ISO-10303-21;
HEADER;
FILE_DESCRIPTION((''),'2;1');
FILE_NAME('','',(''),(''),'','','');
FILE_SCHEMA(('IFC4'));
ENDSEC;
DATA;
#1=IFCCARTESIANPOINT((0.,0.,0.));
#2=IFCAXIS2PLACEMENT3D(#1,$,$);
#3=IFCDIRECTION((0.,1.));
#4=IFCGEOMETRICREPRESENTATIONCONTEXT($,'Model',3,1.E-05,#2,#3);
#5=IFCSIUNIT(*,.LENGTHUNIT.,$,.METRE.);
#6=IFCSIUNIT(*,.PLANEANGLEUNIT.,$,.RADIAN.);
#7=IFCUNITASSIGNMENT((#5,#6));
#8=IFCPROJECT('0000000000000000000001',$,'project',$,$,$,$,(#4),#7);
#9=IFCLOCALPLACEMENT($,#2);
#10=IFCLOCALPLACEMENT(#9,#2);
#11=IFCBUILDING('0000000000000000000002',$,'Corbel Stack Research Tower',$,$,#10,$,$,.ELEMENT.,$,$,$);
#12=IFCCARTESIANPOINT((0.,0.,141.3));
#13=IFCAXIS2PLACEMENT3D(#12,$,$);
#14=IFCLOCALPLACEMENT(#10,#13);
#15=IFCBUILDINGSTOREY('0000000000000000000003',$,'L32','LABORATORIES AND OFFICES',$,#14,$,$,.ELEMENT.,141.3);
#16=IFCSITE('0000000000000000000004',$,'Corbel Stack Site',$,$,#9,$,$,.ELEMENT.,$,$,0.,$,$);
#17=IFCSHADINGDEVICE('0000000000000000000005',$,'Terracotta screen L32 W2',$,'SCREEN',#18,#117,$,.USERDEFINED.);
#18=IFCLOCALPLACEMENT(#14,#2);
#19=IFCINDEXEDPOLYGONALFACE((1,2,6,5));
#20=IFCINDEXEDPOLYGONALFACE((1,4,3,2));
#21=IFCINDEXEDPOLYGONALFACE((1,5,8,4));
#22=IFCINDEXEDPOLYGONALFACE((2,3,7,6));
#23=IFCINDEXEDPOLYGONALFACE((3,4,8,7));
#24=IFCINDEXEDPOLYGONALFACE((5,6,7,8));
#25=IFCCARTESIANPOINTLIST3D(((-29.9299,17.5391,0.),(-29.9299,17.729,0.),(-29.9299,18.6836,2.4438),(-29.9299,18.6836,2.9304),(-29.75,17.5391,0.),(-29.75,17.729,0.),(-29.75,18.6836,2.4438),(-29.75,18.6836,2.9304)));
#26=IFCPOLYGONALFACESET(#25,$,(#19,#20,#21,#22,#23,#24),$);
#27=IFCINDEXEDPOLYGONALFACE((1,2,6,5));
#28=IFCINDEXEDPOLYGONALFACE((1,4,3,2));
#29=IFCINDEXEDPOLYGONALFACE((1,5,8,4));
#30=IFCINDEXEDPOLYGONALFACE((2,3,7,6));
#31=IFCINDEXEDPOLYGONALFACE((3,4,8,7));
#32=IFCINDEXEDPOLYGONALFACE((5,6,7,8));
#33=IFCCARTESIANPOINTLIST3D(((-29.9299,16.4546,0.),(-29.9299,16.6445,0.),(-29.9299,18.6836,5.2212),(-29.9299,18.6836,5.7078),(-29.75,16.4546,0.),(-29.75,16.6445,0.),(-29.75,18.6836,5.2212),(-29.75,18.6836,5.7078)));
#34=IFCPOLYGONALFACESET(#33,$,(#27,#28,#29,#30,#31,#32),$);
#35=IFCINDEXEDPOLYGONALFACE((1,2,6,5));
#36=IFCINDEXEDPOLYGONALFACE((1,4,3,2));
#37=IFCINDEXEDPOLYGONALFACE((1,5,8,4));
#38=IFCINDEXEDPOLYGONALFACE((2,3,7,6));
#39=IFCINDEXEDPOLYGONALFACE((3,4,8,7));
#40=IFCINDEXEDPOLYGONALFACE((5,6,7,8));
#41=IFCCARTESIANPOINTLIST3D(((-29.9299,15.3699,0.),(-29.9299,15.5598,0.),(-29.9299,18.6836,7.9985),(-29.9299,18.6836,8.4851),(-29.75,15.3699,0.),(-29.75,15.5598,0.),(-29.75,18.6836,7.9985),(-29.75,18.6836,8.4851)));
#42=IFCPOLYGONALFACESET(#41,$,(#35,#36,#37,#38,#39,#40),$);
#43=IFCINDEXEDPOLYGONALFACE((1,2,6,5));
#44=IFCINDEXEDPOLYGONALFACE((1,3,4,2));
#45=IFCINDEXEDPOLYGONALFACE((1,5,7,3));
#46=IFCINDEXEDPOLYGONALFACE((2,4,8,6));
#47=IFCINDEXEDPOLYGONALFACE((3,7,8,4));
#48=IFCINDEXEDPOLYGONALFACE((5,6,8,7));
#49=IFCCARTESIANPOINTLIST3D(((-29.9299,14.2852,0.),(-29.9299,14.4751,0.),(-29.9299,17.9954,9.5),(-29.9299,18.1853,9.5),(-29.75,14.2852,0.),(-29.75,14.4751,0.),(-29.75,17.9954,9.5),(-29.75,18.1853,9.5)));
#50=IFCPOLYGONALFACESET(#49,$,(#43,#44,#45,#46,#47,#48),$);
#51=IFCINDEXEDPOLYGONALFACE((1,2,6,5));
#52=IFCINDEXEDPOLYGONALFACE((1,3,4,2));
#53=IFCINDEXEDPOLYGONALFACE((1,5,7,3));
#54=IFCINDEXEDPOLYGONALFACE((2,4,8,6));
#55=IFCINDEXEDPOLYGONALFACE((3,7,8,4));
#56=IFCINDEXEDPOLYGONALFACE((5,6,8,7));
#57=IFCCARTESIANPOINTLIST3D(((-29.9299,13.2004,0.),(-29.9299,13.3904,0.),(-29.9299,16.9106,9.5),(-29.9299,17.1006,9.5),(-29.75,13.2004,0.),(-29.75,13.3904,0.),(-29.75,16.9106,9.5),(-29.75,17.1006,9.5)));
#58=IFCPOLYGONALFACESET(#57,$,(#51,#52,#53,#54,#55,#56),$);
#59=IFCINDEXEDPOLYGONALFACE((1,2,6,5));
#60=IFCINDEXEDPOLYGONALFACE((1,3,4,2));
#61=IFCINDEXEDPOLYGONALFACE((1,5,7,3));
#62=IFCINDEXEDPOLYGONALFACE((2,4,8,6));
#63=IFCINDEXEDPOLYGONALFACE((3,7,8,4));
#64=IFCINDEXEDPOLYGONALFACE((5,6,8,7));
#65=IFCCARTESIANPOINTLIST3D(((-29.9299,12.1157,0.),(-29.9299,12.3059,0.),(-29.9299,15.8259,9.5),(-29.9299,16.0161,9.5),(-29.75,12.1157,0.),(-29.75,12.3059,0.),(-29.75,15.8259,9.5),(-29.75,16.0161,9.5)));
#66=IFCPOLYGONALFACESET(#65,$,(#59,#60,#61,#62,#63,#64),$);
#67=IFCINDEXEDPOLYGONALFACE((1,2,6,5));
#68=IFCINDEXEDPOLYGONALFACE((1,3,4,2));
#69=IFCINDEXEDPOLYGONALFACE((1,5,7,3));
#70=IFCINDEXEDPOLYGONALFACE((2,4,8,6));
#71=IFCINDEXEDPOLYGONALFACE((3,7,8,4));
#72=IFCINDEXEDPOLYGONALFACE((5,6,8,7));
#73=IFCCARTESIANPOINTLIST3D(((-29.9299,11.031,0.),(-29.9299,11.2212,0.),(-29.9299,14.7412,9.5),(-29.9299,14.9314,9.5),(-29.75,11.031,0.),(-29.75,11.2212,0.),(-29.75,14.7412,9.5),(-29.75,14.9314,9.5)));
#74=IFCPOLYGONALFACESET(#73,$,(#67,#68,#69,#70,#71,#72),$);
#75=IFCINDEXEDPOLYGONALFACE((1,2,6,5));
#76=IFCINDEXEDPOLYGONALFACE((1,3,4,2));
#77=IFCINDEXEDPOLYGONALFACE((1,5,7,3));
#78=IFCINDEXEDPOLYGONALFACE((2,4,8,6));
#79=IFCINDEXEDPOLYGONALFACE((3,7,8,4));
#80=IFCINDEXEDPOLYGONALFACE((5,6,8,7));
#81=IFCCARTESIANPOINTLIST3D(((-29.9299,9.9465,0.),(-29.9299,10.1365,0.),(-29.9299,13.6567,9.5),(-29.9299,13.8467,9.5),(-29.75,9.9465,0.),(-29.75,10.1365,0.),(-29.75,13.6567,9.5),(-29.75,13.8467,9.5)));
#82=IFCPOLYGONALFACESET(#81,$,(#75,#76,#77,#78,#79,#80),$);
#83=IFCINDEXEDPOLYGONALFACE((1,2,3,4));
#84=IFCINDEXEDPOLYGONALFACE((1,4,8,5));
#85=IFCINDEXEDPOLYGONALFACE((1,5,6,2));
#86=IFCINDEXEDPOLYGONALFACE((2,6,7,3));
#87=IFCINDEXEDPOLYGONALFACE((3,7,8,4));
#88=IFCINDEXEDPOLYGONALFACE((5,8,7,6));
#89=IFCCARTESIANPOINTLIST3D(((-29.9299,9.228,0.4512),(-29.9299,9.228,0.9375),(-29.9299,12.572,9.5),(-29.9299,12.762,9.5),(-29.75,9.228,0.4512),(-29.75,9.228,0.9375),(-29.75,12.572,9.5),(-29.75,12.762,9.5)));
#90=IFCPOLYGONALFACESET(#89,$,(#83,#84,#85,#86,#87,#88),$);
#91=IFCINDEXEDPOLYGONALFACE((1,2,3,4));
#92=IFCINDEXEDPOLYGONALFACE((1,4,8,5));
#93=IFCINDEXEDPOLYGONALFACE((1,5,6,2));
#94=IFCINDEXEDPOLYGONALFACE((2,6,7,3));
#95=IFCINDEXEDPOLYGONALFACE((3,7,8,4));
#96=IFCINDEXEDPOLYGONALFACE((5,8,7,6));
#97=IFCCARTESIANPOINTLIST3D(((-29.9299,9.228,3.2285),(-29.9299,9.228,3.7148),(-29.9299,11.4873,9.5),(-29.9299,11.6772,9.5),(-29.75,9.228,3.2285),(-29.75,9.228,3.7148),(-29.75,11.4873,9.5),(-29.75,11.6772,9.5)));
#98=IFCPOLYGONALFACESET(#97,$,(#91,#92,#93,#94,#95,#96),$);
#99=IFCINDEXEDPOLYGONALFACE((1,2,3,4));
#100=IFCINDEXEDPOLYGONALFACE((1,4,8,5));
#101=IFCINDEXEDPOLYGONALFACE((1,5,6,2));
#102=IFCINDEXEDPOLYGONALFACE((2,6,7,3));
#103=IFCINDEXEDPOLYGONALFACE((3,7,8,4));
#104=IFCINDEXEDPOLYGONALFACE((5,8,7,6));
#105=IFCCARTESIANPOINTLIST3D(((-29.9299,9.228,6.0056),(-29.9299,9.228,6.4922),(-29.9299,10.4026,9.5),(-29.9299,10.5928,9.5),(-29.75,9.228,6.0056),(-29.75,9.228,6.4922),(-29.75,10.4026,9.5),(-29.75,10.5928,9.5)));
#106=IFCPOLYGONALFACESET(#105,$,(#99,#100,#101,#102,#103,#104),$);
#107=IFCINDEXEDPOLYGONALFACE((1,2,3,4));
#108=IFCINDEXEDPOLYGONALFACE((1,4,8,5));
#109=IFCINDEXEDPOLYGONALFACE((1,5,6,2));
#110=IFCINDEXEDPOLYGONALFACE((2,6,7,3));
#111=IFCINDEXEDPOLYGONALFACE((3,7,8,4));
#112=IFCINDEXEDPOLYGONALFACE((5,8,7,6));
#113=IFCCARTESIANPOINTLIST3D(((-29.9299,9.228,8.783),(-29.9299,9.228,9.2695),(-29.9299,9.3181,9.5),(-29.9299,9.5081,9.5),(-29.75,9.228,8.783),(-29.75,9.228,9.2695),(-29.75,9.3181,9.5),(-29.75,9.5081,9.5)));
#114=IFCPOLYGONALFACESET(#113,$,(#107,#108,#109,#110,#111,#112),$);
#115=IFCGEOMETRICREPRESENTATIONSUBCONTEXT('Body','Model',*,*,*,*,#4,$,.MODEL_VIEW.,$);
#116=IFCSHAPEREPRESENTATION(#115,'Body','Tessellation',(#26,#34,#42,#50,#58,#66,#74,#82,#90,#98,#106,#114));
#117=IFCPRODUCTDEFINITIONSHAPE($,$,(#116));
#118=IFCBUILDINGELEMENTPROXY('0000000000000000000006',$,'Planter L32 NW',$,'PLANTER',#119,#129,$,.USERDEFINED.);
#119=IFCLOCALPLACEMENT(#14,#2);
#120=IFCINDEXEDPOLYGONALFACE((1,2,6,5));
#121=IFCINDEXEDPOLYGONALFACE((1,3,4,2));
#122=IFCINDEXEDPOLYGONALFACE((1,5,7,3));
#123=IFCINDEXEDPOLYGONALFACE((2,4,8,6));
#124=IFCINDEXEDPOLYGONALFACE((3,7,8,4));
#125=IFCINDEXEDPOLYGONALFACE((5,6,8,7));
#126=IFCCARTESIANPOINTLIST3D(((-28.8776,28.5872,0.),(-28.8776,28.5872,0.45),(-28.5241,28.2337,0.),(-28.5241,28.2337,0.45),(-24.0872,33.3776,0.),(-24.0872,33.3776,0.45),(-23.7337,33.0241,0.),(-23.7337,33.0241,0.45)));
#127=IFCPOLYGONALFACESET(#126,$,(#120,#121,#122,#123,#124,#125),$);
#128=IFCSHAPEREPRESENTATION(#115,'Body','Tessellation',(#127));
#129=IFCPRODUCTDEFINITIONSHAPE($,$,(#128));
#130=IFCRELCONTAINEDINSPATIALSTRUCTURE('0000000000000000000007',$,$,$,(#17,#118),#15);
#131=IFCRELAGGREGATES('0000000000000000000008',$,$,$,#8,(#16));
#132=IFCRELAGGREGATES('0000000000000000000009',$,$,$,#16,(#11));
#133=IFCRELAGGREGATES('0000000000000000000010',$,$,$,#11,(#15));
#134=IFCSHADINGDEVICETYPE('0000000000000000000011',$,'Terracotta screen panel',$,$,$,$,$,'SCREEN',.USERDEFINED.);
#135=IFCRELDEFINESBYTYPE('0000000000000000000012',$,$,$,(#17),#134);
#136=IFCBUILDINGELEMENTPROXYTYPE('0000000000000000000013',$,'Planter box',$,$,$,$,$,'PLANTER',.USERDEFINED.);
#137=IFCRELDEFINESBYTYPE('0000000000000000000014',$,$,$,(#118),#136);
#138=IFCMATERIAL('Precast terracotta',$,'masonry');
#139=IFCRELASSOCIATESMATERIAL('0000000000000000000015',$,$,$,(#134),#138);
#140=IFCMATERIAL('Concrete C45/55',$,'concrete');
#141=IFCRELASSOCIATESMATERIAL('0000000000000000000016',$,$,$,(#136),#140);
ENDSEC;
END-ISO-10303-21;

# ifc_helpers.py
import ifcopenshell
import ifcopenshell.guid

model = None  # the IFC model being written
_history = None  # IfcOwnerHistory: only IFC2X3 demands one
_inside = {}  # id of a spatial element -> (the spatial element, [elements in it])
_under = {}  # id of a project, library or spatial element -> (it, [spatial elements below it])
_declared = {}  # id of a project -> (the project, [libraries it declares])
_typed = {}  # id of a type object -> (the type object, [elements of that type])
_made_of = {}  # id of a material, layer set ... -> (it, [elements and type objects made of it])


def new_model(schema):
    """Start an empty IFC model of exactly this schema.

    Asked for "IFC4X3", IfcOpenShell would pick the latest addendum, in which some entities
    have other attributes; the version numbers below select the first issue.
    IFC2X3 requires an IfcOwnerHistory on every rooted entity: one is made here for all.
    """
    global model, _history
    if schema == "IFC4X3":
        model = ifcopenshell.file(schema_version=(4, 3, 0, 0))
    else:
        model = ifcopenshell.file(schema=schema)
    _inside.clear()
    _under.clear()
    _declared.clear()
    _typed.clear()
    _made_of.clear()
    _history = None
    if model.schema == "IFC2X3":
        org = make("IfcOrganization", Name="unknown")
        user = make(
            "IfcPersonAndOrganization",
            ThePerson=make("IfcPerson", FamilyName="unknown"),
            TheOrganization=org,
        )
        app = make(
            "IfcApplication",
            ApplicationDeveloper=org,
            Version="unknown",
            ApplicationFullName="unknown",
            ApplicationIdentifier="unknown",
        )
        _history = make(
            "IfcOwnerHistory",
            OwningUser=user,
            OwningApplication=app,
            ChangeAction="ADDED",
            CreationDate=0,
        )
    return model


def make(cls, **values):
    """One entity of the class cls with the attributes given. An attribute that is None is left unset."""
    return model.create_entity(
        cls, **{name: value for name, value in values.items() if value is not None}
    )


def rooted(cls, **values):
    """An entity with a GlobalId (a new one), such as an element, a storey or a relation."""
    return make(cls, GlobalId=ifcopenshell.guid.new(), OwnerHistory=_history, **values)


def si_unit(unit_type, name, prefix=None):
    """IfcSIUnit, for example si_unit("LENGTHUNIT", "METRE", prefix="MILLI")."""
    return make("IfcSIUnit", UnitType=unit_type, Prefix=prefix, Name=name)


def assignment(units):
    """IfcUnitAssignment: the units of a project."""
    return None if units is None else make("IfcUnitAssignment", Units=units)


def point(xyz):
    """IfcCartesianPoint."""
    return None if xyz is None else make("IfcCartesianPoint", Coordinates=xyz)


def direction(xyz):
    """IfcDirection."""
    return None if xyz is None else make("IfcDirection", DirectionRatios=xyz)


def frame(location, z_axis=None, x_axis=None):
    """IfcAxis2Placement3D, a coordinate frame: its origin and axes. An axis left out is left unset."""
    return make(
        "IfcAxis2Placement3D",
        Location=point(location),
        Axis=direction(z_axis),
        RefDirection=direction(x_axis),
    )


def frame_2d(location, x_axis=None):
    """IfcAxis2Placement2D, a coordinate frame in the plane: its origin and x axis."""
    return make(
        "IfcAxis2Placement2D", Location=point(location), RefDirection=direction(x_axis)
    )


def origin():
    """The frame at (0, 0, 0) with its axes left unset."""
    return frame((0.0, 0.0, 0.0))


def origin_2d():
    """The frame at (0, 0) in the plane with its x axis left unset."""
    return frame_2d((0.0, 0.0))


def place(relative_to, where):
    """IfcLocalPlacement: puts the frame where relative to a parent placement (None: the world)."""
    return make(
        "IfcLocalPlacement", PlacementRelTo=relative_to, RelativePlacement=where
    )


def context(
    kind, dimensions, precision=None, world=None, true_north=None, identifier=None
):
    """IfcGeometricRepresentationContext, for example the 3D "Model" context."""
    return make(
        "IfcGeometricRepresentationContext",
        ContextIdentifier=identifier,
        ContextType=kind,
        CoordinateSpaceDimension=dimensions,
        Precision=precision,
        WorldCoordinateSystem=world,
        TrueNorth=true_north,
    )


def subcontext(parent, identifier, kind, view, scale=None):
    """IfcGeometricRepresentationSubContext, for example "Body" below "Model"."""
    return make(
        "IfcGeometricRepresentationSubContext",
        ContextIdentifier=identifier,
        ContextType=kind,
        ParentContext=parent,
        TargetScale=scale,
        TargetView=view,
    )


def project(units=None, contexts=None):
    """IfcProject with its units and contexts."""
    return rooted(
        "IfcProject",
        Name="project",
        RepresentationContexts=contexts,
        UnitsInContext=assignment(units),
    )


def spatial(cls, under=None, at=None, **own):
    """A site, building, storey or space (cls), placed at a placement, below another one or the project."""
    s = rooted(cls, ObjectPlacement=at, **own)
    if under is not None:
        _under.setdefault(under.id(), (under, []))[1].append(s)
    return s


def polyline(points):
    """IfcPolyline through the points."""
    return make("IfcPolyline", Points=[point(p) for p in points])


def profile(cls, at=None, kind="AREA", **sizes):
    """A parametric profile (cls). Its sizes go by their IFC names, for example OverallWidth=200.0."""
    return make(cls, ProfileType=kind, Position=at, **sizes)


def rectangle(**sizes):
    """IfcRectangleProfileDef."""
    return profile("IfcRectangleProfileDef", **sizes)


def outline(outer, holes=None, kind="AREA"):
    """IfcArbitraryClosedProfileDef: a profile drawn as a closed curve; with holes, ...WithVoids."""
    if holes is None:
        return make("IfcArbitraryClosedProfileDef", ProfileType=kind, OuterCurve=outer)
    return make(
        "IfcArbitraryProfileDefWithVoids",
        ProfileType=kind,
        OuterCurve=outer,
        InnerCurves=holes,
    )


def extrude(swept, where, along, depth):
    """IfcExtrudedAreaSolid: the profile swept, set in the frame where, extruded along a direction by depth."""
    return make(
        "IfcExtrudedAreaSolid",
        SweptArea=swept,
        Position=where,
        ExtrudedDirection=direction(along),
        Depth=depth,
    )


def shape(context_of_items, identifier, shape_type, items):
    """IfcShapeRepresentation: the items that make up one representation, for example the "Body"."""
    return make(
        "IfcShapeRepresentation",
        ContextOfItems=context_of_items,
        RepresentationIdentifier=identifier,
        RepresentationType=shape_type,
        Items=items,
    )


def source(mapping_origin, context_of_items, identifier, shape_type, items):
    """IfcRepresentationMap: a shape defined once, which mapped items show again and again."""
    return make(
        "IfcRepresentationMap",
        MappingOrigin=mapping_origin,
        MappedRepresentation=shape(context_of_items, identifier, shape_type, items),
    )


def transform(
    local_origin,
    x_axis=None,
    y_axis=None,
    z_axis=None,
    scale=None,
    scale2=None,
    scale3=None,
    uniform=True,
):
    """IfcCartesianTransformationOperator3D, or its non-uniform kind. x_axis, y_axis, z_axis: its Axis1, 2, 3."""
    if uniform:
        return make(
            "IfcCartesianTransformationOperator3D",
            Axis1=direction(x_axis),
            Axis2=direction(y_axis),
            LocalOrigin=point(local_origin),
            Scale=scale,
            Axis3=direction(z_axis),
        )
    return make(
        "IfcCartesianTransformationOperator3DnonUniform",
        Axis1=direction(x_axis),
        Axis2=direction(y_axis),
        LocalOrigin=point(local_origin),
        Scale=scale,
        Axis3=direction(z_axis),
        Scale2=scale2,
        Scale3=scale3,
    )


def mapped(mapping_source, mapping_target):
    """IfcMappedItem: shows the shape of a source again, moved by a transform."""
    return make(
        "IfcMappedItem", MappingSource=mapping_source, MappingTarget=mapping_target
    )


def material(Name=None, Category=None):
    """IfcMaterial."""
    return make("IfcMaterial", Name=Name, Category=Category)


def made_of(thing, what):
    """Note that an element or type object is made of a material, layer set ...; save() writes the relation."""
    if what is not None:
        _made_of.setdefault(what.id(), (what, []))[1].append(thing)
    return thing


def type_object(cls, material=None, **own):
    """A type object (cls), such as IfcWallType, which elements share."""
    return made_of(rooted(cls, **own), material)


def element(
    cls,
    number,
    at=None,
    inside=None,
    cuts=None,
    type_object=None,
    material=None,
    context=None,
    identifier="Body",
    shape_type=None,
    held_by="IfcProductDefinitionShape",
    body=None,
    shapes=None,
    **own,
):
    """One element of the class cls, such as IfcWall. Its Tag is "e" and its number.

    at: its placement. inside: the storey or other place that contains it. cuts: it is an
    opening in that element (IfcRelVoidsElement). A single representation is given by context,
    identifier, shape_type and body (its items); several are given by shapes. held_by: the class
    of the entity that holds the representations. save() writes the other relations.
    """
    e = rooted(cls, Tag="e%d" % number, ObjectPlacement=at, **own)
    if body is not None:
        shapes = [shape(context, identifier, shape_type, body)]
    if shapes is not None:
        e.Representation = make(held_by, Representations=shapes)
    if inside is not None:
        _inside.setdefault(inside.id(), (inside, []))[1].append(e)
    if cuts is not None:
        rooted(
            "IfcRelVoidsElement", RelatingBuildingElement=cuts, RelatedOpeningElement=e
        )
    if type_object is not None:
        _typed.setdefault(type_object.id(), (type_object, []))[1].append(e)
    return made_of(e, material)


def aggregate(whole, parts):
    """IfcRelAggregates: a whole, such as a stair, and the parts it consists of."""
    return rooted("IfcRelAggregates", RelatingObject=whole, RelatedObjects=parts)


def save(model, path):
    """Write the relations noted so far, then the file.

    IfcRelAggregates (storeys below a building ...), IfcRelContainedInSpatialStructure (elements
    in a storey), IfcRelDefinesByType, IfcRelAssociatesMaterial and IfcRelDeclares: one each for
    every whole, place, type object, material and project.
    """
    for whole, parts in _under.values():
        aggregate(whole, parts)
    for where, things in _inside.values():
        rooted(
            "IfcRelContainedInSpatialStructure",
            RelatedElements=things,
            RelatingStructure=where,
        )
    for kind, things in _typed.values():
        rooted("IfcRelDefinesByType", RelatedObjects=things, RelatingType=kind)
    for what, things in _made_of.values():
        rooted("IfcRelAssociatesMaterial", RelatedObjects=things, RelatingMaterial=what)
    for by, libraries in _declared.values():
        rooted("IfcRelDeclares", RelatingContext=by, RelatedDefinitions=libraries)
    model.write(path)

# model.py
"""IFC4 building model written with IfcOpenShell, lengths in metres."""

from ifc_helpers import new_model, si_unit, direction, frame, origin, origin_2d, place, context, subcontext, project, spatial, polyline, rectangle, outline, extrude, source, transform, mapped, material, type_object, element, save


model = new_model("IFC4")

# Units and contexts
model_context = context("Model", 3, precision=1e-05, world=origin(), true_north=direction((0.0, 1.0)))
body_context = subcontext(model_context, "Body", "Model", "MODEL_VIEW")
ifc_project = project(units=[si_unit("LENGTHUNIT", "METRE"), si_unit("PLANEANGLEUNIT", "RADIAN")], contexts=[model_context])

# Site, building, storey
site_placement = place(None, origin())
site = spatial("IfcSite", under=ifc_project, at=site_placement, Name="Corbel Stack Site", CompositionType="ELEMENT", RefElevation=0.0)
building_placement = place(site_placement, origin())
building = spatial("IfcBuilding", under=site, at=building_placement, Name="Corbel Stack Research Tower", CompositionType="ELEMENT")
storey_placement = place(building_placement, frame((0.0, 0.0, 141.3)))
storey = spatial("IfcBuildingStorey", under=building, at=storey_placement, Name="L32", Description="LABORATORIES AND OFFICES", CompositionType="ELEMENT", Elevation=141.3)

# Shading device
ifc_material_1 = material(Name="Precast terracotta", Category="masonry")
shading_device_type = type_object("IfcShadingDeviceType", Name="Terracotta screen panel", ElementType="SCREEN", PredefinedType="USERDEFINED", material=ifc_material_1)
shared_shape_1 = source(origin(), body_context, "Body", "SweptSolid", [
    extrude(outline(polyline([(1.1445, 0.0), (0.0, 2.9304), (0.0, 2.4438), (0.9546, 0.0), (1.1445, 0.0)])), frame((0.0, 0.0, 0.0), z_axis=(0.0, -1.0, 0.0), x_axis=(1.0, 0.0, 0.0)), (0.0, 0.0, 1.0), 0.1799),
    extrude(outline(polyline([(2.229, 0.0), (0.0, 5.7078), (0.0, 5.2212), (2.0391, 0.0), (2.229, 0.0)])), frame((0.0, 0.0, 0.0), z_axis=(0.0, -1.0, 0.0), x_axis=(1.0, 0.0, 0.0)), (0.0, 0.0, 1.0), 0.1799),
    extrude(outline(polyline([(3.3137, 0.0), (0.0, 8.4851), (0.0, 7.9985), (3.1238, 0.0), (3.3137, 0.0)])), frame((0.0, 0.0, 0.0), z_axis=(0.0, -1.0, 0.0), x_axis=(1.0, 0.0, 0.0)), (0.0, 0.0, 1.0), 0.1799),
    extrude(outline(polyline([(4.3984, 0.0), (0.6882, 9.5), (0.4983, 9.5), (4.2085, 0.0), (4.3984, 0.0)])), frame((0.0, 0.0, 0.0), z_axis=(0.0, -1.0, 0.0), x_axis=(1.0, 0.0, 0.0)), (0.0, 0.0, 1.0), 0.1799),
    extrude(outline(polyline([(5.4832, 0.0), (1.7729, 9.5), (1.583, 9.5), (5.2932, 0.0), (5.4832, 0.0)])), frame((0.0, 0.0, 0.0), z_axis=(0.0, -1.0, 0.0), x_axis=(1.0, 0.0, 0.0)), (0.0, 0.0, 1.0), 0.1799),
    extrude(outline(polyline([(6.5679, 0.0), (2.8577, 9.5), (2.6675, 9.5), (6.3777, 0.0), (6.5679, 0.0)])), frame((0.0, 0.0, 0.0), z_axis=(0.0, -1.0, 0.0), x_axis=(1.0, 0.0, 0.0)), (0.0, 0.0, 1.0), 0.1799),
    extrude(outline(polyline([(7.6526, 0.0), (3.9424, 9.5), (3.7522, 9.5), (7.4624, 0.0), (7.6526, 0.0)])), frame((0.0, 0.0, 0.0), z_axis=(0.0, -1.0, 0.0), x_axis=(1.0, 0.0, 0.0)), (0.0, 0.0, 1.0), 0.1799),
    extrude(outline(polyline([(8.7371, 0.0), (5.0269, 9.5), (4.8369, 9.5), (8.5471, 0.0), (8.7371, 0.0)])), frame((0.0, 0.0, 0.0), z_axis=(0.0, -1.0, 0.0), x_axis=(1.0, 0.0, 0.0)), (0.0, 0.0, 1.0), 0.1799),
    extrude(outline(polyline([(6.1116, 9.5), (5.9216, 9.5), (9.4556, 0.4512), (9.4556, 0.9375), (6.1116, 9.5)])), frame((0.0, 0.0, 0.0), z_axis=(0.0, -1.0, 0.0), x_axis=(1.0, 0.0, 0.0)), (0.0, 0.0, 1.0), 0.1799),
    extrude(outline(polyline([(7.1963, 9.5), (7.0063, 9.5), (9.4556, 3.2285), (9.4556, 3.7148), (7.1963, 9.5)])), frame((0.0, 0.0, 0.0), z_axis=(0.0, -1.0, 0.0), x_axis=(1.0, 0.0, 0.0)), (0.0, 0.0, 1.0), 0.1799),
    extrude(outline(polyline([(8.281, 9.5), (8.0908, 9.5), (9.4556, 6.0056), (9.4556, 6.4922), (8.281, 9.5)])), frame((0.0, 0.0, 0.0), z_axis=(0.0, -1.0, 0.0), x_axis=(1.0, 0.0, 0.0)), (0.0, 0.0, 1.0), 0.1799),
    extrude(outline(polyline([(9.3655, 9.5), (9.1755, 9.5), (9.4556, 8.783), (9.4556, 9.2695), (9.3655, 9.5)])), frame((0.0, 0.0, 0.0), z_axis=(0.0, -1.0, 0.0), x_axis=(1.0, 0.0, 0.0)), (0.0, 0.0, 1.0), 0.1799),
])
shading_device_1_placement = place(storey_placement, frame((-29.75, 18.6836, 0.0), z_axis=(0.0, 0.0, 1.0), x_axis=(0.0, -1.0, 0.0)))
element("IfcShadingDevice", 1, at=shading_device_1_placement, inside=storey, type_object=shading_device_type, Name="Terracotta screen L32 W2", ObjectType="SCREEN", PredefinedType="USERDEFINED", context=body_context, shape_type="MappedRepresentation", body=[
    mapped(shared_shape_1, transform((0.0, 0.0, 0.0))),
])

# Building element proxy
ifc_material_2 = material(Name="Concrete C45/55", Category="concrete")
building_element_proxy_type = type_object("IfcBuildingElementProxyType", Name="Planter box", ElementType="PLANTER", PredefinedType="USERDEFINED", material=ifc_material_2)
proxy_placement = place(storey_placement, frame((-26.3057, 30.8057, 0.0), z_axis=(0.0, 0.0, 1.0), x_axis=(-0.707107, -0.707107, 0.0)))
element("IfcBuildingElementProxy", 2, at=proxy_placement, inside=storey, type_object=building_element_proxy_type, Name="Planter L32 NW", ObjectType="PLANTER", PredefinedType="USERDEFINED", context=body_context, shape_type="SweptSolid", body=[
    extrude(rectangle(XDim=6.7747, YDim=0.5, at=origin_2d()), origin(), (0.0, 0.0, 1.0), 0.45),
])

save(model, "model.ifc")
